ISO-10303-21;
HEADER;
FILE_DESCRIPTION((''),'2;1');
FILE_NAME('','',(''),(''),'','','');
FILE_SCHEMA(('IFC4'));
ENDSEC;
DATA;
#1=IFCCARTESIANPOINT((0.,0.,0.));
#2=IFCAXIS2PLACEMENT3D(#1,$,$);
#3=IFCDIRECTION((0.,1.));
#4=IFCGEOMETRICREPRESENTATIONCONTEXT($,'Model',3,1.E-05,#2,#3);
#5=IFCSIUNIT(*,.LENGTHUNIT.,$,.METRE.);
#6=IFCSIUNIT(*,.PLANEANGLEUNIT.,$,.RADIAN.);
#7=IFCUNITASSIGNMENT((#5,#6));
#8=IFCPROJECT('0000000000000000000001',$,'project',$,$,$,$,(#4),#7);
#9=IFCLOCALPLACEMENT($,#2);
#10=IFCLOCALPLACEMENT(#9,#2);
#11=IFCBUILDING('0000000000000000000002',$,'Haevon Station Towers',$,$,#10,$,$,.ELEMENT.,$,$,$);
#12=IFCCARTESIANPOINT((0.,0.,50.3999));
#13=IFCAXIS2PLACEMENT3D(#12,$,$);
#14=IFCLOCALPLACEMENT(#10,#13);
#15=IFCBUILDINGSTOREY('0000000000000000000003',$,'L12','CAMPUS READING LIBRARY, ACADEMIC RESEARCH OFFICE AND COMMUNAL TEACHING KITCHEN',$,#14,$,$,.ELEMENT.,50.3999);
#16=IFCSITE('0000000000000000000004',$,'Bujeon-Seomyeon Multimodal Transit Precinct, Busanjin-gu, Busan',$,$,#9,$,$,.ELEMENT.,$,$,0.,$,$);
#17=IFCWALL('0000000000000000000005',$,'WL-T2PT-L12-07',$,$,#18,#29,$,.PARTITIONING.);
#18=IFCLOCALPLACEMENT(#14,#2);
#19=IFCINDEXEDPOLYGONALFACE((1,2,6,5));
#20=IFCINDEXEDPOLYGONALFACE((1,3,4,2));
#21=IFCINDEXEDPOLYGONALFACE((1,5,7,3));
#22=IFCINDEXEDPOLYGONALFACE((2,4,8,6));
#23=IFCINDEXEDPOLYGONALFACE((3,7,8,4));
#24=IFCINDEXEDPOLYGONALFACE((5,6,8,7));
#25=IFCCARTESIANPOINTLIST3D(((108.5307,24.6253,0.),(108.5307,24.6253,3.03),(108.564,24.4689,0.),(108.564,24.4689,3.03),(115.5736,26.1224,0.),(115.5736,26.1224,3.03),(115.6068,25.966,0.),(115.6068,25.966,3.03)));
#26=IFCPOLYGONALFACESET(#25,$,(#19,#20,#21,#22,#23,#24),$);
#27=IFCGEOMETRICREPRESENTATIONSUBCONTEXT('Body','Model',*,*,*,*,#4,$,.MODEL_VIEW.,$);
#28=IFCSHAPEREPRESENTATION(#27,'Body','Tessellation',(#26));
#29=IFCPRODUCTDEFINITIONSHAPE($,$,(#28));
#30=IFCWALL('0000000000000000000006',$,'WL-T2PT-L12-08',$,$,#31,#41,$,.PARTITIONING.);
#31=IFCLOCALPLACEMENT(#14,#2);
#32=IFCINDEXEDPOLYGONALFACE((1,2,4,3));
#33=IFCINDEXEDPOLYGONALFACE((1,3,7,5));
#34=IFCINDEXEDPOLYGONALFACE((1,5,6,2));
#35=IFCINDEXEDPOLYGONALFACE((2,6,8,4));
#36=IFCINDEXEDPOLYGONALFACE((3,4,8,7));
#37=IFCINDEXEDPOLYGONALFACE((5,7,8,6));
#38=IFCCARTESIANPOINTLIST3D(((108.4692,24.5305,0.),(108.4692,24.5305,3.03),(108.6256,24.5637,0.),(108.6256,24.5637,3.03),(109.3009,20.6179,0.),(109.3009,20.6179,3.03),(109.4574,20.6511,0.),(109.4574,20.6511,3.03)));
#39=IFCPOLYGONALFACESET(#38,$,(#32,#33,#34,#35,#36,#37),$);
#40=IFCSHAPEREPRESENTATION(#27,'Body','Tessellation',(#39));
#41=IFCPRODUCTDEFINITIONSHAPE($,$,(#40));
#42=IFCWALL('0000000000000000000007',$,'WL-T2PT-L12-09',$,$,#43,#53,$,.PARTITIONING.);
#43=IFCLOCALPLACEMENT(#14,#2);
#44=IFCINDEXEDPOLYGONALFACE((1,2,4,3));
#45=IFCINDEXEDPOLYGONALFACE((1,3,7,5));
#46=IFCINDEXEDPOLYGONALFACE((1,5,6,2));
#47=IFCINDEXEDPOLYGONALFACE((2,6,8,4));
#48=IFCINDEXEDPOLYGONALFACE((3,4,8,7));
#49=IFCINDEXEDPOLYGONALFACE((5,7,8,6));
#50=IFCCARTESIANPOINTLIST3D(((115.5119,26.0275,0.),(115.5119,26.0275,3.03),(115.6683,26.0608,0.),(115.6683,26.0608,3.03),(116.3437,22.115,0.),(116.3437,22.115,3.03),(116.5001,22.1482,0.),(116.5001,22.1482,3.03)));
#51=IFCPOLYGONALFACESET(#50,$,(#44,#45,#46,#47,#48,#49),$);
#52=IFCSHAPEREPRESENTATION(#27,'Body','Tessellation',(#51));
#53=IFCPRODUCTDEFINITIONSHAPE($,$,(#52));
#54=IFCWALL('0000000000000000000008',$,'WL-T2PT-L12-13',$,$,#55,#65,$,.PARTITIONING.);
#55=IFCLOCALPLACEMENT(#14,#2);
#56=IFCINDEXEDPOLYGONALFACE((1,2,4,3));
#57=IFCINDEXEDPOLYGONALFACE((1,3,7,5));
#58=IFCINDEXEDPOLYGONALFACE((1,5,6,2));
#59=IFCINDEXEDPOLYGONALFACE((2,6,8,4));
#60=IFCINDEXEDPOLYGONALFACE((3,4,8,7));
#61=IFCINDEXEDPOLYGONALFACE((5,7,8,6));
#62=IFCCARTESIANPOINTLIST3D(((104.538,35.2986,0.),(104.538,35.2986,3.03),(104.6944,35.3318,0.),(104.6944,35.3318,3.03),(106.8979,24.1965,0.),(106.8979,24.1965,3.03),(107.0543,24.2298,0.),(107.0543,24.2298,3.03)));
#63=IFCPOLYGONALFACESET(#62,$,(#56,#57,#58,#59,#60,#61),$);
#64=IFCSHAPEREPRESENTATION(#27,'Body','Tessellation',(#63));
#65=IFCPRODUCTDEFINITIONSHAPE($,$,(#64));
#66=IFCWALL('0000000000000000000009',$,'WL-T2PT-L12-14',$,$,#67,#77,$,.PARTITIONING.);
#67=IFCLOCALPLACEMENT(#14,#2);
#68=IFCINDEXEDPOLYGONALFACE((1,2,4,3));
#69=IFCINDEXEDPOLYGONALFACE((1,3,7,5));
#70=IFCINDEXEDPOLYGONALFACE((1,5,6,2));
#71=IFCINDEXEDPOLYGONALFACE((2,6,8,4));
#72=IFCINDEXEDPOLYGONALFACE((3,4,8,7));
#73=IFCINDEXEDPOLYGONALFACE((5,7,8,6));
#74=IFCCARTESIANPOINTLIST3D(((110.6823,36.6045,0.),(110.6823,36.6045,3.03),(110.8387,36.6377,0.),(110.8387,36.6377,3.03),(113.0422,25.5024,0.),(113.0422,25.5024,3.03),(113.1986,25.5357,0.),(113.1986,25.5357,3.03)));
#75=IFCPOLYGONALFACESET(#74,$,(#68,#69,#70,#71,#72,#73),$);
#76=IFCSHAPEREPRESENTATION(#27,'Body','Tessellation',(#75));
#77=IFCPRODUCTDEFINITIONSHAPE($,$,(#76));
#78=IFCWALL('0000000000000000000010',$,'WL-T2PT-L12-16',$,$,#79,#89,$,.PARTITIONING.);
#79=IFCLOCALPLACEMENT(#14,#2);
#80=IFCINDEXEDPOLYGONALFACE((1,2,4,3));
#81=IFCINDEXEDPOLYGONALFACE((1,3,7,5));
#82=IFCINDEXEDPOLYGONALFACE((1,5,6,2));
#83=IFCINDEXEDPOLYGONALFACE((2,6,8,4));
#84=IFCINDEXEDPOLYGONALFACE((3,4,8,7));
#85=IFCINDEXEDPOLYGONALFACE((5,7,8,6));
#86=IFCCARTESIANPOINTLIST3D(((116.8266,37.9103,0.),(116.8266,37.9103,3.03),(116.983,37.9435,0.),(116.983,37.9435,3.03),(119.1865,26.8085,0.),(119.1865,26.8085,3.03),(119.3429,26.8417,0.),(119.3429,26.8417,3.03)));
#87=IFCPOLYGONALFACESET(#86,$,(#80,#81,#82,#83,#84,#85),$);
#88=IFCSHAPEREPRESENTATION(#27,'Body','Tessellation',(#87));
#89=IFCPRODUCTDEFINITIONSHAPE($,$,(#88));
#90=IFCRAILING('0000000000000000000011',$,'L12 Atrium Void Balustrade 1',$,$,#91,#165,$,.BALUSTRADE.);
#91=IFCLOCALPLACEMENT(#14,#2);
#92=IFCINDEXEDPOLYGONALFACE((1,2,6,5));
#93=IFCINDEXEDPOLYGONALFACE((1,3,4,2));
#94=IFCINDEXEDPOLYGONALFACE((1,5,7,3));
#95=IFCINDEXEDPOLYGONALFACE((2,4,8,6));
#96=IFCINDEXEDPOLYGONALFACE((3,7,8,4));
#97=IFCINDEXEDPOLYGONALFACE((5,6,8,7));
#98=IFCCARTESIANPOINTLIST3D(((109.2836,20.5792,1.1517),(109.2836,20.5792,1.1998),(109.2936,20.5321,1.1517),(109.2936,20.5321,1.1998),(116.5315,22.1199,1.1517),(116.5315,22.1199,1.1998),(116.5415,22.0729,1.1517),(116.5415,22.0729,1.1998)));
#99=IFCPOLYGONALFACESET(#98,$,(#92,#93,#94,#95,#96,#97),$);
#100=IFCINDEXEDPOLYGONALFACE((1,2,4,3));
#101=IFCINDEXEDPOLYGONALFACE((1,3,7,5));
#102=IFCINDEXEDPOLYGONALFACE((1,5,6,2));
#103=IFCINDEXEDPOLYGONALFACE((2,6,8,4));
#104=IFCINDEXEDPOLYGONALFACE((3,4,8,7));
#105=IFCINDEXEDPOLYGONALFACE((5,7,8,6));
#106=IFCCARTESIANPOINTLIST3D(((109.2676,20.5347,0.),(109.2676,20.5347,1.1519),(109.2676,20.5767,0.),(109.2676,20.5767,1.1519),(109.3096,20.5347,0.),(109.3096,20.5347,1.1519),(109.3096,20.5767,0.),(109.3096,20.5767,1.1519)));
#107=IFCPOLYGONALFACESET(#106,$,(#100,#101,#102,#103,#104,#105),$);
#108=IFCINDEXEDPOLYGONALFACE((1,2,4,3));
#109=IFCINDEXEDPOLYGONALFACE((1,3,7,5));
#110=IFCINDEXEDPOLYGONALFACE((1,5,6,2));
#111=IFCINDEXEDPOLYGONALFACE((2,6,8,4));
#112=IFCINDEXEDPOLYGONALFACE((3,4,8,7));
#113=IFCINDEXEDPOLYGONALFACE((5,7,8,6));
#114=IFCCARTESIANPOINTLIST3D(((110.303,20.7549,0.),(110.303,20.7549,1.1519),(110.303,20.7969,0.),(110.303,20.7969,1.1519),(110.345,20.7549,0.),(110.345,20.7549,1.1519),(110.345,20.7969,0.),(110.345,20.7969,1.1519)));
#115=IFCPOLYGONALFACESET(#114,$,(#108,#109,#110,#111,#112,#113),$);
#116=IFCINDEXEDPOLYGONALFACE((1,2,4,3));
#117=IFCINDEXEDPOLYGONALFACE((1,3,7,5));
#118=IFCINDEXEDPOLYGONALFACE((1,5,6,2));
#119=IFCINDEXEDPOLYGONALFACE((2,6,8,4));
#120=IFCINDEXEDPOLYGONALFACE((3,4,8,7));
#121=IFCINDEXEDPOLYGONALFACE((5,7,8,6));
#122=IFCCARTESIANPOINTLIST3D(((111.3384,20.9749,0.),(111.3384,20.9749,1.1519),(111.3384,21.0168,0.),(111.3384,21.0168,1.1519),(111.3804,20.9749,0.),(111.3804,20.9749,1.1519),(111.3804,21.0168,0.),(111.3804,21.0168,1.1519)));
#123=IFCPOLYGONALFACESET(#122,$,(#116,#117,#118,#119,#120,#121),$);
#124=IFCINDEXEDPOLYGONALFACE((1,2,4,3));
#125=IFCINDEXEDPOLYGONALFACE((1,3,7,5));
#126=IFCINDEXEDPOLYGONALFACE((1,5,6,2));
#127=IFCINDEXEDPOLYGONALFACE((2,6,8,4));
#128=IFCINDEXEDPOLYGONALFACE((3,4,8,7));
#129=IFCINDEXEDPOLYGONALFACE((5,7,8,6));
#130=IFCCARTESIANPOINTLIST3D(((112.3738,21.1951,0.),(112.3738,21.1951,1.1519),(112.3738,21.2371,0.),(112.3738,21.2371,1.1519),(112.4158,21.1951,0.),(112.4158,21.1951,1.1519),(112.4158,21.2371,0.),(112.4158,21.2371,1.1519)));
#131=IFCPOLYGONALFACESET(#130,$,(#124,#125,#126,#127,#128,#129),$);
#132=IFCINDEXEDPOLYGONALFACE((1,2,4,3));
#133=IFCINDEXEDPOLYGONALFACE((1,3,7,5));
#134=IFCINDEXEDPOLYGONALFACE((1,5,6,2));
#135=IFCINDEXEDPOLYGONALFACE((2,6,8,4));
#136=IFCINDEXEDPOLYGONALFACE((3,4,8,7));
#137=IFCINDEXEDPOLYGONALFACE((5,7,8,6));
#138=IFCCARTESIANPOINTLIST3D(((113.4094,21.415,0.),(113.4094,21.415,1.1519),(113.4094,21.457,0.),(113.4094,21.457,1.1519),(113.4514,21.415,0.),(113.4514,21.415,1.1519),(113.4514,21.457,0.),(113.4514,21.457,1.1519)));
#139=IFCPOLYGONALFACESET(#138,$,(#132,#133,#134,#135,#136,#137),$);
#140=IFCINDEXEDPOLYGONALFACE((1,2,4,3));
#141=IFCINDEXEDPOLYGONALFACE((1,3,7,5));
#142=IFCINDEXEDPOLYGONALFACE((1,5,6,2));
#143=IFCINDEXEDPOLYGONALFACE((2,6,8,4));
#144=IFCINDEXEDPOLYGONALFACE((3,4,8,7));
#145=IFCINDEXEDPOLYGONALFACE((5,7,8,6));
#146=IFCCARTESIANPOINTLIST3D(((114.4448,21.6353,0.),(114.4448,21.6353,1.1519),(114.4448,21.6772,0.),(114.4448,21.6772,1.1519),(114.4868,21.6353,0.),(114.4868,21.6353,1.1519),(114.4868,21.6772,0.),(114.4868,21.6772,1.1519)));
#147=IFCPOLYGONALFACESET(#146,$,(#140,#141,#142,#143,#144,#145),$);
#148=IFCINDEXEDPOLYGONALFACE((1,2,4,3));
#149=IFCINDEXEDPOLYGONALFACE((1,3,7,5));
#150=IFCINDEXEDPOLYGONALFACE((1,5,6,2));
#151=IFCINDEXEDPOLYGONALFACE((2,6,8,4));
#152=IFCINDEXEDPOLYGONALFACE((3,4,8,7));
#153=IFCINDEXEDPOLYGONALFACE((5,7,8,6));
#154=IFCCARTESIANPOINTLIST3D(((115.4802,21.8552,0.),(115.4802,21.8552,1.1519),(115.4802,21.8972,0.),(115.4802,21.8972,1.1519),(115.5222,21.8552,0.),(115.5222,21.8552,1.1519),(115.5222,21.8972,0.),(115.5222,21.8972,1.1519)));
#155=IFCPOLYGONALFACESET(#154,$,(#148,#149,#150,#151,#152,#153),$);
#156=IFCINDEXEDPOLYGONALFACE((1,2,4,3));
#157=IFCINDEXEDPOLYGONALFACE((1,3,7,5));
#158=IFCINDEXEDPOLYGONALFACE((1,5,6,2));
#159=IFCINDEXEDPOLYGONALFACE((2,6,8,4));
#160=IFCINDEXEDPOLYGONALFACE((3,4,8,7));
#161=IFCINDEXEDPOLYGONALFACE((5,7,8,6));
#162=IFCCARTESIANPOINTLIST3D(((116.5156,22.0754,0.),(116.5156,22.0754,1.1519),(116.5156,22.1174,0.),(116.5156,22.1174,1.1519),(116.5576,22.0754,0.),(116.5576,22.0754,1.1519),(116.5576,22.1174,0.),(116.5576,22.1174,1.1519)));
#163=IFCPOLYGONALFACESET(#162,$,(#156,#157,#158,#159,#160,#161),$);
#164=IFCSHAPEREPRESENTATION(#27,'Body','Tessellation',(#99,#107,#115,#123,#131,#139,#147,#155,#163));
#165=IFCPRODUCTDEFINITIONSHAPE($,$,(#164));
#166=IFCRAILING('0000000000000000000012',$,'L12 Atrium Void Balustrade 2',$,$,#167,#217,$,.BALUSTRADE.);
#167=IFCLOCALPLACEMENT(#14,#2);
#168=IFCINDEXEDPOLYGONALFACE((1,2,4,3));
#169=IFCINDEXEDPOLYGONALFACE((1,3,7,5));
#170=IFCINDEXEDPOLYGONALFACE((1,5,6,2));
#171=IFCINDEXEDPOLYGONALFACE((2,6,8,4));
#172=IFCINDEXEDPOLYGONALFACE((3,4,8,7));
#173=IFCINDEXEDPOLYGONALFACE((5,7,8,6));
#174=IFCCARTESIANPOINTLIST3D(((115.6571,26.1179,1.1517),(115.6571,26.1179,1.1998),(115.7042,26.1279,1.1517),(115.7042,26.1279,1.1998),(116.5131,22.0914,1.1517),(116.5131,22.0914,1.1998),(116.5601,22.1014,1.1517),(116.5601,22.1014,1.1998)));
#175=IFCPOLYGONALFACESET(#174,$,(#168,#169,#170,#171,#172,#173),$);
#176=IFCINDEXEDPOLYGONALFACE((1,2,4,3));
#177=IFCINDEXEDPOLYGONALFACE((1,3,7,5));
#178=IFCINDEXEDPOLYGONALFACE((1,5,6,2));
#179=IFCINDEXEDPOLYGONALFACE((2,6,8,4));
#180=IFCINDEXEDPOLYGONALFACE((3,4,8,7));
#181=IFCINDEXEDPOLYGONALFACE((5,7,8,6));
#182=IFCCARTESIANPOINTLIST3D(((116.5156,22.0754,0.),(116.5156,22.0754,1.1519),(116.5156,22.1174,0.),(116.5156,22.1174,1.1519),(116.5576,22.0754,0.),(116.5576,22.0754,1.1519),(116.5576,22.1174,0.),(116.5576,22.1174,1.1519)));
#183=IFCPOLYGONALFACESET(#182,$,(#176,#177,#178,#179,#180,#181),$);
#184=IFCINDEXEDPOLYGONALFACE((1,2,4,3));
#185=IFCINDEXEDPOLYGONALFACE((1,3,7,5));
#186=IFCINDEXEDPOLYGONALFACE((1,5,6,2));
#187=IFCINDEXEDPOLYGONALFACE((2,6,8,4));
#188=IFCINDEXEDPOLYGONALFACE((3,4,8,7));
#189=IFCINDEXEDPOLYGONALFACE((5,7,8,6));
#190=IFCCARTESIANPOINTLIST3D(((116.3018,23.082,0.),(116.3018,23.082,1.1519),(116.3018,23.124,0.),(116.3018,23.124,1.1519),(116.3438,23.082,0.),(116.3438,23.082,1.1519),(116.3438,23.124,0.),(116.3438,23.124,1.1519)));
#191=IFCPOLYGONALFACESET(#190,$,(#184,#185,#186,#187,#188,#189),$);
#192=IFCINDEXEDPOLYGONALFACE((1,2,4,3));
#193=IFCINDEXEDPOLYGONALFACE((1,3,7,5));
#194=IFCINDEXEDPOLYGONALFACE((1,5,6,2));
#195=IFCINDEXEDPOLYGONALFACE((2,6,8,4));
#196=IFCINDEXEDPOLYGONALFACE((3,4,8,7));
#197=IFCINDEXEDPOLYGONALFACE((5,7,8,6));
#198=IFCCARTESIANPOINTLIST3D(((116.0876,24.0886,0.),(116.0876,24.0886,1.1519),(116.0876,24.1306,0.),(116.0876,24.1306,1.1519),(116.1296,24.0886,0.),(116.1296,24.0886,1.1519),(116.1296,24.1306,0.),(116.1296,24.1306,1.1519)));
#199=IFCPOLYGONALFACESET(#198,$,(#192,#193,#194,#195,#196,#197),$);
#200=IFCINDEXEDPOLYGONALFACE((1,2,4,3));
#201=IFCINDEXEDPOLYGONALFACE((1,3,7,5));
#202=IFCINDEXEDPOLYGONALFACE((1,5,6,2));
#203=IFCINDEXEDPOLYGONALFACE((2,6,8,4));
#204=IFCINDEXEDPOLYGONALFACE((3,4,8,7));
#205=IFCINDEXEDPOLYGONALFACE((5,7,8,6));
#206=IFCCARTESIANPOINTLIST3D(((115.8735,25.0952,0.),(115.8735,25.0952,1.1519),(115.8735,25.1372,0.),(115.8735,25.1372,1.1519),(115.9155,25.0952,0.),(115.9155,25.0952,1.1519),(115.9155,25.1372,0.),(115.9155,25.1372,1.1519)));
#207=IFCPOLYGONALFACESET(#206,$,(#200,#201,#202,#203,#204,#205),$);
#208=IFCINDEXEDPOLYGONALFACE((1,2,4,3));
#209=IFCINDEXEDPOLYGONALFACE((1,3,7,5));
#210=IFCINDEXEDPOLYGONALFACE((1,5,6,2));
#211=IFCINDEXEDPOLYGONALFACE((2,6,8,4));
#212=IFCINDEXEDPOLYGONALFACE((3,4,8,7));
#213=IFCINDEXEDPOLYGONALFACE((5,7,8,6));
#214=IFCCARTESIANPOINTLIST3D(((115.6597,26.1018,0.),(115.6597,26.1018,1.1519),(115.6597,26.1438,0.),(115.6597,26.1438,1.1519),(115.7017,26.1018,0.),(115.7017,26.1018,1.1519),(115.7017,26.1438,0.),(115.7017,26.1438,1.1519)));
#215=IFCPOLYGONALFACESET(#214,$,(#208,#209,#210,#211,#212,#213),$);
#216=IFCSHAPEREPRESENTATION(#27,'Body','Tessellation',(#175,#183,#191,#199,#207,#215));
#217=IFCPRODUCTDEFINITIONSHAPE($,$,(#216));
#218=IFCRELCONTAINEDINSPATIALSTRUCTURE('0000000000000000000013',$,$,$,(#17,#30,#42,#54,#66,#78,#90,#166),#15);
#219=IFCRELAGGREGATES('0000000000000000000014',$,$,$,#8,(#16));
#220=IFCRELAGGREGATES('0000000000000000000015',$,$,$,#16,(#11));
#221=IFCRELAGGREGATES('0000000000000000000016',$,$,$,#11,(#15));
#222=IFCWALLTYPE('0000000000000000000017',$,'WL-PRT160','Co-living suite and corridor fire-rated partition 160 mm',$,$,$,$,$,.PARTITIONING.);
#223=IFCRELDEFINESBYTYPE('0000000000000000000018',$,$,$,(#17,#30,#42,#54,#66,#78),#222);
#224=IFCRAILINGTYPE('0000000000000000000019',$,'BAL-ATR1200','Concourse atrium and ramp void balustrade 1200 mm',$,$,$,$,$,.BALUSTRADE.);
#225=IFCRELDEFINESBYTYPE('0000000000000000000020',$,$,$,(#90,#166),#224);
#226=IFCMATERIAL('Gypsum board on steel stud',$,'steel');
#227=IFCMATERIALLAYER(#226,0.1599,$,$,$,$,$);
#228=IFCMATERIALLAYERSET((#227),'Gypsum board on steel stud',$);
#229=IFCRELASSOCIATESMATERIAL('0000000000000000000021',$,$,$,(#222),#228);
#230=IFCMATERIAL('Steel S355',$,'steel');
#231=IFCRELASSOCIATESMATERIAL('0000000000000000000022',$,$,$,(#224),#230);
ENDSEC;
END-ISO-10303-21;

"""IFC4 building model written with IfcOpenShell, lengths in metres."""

from ifc_helpers import new_model, si_unit, direction, frame, frame_2d, origin, origin_2d, place, context, subcontext, project, spatial, rectangle, extrude, material, layer, layer_set, type_object, element, save


model = new_model("IFC4")

# Units and contexts
model_context = context("Model", 3, precision=1e-05, world=origin(), true_north=direction((0.0, 1.0)))
body_context = subcontext(model_context, "Body", "Model", "MODEL_VIEW")
ifc_project = project(units=[si_unit("LENGTHUNIT", "METRE"), si_unit("PLANEANGLEUNIT", "RADIAN")], contexts=[model_context])

# Site, building, storey
site_placement = place(None, origin())
site = spatial("IfcSite", under=ifc_project, at=site_placement, Name="Bujeon-Seomyeon Multimodal Transit Precinct, Busanjin-gu, Busan", CompositionType="ELEMENT", RefElevation=0.0)
building_placement = place(site_placement, origin())
building = spatial("IfcBuilding", under=site, at=building_placement, Name="Haevon Station Towers", CompositionType="ELEMENT")
storey_placement = place(building_placement, frame((0.0, 0.0, 50.3999)))
storey = spatial("IfcBuildingStorey", under=building, at=storey_placement, Name="L12", Description="CAMPUS READING LIBRARY, ACADEMIC RESEARCH OFFICE AND COMMUNAL TEACHING KITCHEN", CompositionType="ELEMENT", Elevation=50.3999)

# Shared definitions
ifc_material_1 = material(Name="Steel S355", Category="steel")

# Shared definitions
ifc_material_2 = material(Name="Gypsum board on steel stud", Category="steel")

# Walls
ifc_layer_1 = layer(ifc_material_2, 0.1599)
ifc_layer_set_1 = layer_set([ifc_layer_1], Name="Gypsum board on steel stud")
wall_type_1 = type_object("IfcWallType", Name="WL-PRT160", Description="Co-living suite and corridor fire-rated partition 160 mm", PredefinedType="PARTITIONING", material=ifc_layer_set_1)
for number, where, z_axis, x_axis, name in (
    (1, (108.5474, 24.5471, 0.0), (0.0, 0.0, 1.0), (0.978145, 0.207924, 0.0), "WL-T2PT-L12-07"),
):
    element("IfcWall", number, at=place(storey_placement, frame(where, z_axis=z_axis, x_axis=x_axis)), inside=storey, type_object=wall_type_1, Name=name, PredefinedType="PARTITIONING", context=body_context, shape_type="SweptSolid", body=[
        extrude(rectangle(XDim=7.2002, YDim=0.1599, at=frame_2d((3.6001, 0.0))), origin(), (0.0, 0.0, 1.0), 3.03),
    ])
for number, where, z_axis, x_axis, name in (
    (2, (109.3792, 20.6345, 0.0), (0.0, 0.0, 1.0), (-0.207945, 0.978141, 0.0), "WL-T2PT-L12-08"),
    (3, (116.4219, 22.1316, 0.0), (0.0, 0.0, 1.0), (-0.207945, 0.978141, 0.0), "WL-T2PT-L12-09"),
):
    element("IfcWall", number, at=place(storey_placement, frame(where, z_axis=z_axis, x_axis=x_axis)), inside=storey, type_object=wall_type_1, Name=name, PredefinedType="PARTITIONING", context=body_context, shape_type="SweptSolid", body=[
        extrude(rectangle(XDim=4.0, YDim=0.1599, at=frame_2d((2.0, 0.0))), origin(), (0.0, 0.0, 1.0), 3.03),
    ])
for number, where, z_axis, x_axis, name in (
    (4, (106.9761, 24.2131, 0.0), (0.0, 0.0, 1.0), (-0.207916, 0.978147, 0.0), "WL-T2PT-L12-13"),
    (5, (113.1204, 25.519, 0.0), (0.0, 0.0, 1.0), (-0.207916, 0.978147, 0.0), "WL-T2PT-L12-14"),
):
    element("IfcWall", number, at=place(storey_placement, frame(where, z_axis=z_axis, x_axis=x_axis)), inside=storey, type_object=wall_type_1, Name=name, PredefinedType="PARTITIONING", context=body_context, shape_type="SweptSolid", body=[
        extrude(rectangle(XDim=11.3501, YDim=0.1599, at=frame_2d((5.675, 0.0))), origin(), (0.0, 0.0, 1.0), 3.03),
    ])
wall_1_placement = place(storey_placement, frame((119.2646, 26.8252, 0.0), z_axis=(0.0, 0.0, 1.0), x_axis=(-0.20792, 0.978146, 0.0)))
element("IfcWall", 6, at=wall_1_placement, inside=storey, type_object=wall_type_1, Name="WL-T2PT-L12-16", PredefinedType="PARTITIONING", context=body_context, shape_type="SweptSolid", body=[
    extrude(rectangle(XDim=11.3499, YDim=0.1599, at=frame_2d((5.6748, 0.0))), origin(), (0.0, 0.0, 1.0), 3.03),
])

# Railings
railing_type = type_object("IfcRailingType", Name="BAL-ATR1200", Description="Concourse atrium and ramp void balustrade 1200 mm", PredefinedType="BALUSTRADE", material=ifc_material_1)
railing_1_placement = place(storey_placement, frame((109.2886, 20.5557, 0.0)))
element("IfcRailing", 7, at=railing_1_placement, inside=storey, type_object=railing_type, Name="L12 Atrium Void Balustrade 1", PredefinedType="BALUSTRADE", context=body_context, shape_type="SweptSolid", body=[
    extrude(rectangle(XDim=0.0481, YDim=0.0481, at=origin_2d()), frame((0.0, 0.0, 1.1758), z_axis=(0.978143, 0.207931, 0.0), x_axis=(-0.207931, 0.978143, 0.0)), (0.0, 0.0, 1.0), 7.4099),
    extrude(rectangle(XDim=0.042, YDim=0.042, at=origin_2d()), origin(), (0.0, 0.0, 1.0), 1.1519),
    extrude(rectangle(XDim=0.042, YDim=0.042, at=origin_2d()), frame((1.0354, 0.2202, 0.0)), (0.0, 0.0, 1.0), 1.1519),
    extrude(rectangle(XDim=0.042, YDim=0.042, at=origin_2d()), frame((2.0708, 0.4402, 0.0)), (0.0, 0.0, 1.0), 1.1519),
    extrude(rectangle(XDim=0.042, YDim=0.042, at=origin_2d()), frame((3.1062, 0.6604, 0.0)), (0.0, 0.0, 1.0), 1.1519),
    extrude(rectangle(XDim=0.042, YDim=0.042, at=origin_2d()), frame((4.1418, 0.8804, 0.0)), (0.0, 0.0, 1.0), 1.1519),
    extrude(rectangle(XDim=0.042, YDim=0.042, at=origin_2d()), frame((5.1772, 1.1006, 0.0)), (0.0, 0.0, 1.0), 1.1519),
    extrude(rectangle(XDim=0.042, YDim=0.042, at=origin_2d()), frame((6.2126, 1.3206, 0.0)), (0.0, 0.0, 1.0), 1.1519),
    extrude(rectangle(XDim=0.042, YDim=0.042, at=origin_2d()), frame((7.248, 1.5408, 0.0)), (0.0, 0.0, 1.0), 1.1519),
])
railing_2_placement = place(storey_placement, frame((116.5366, 22.0964, 0.0)))
element("IfcRailing", 8, at=railing_2_placement, inside=storey, type_object=railing_type, Name="L12 Atrium Void Balustrade 2", PredefinedType="BALUSTRADE", context=body_context, shape_type="SweptSolid", body=[
    extrude(rectangle(XDim=0.0481, YDim=0.0481, at=origin_2d()), frame((0.0, 0.0, 1.1758), z_axis=(-0.207941, 0.978141, 0.0), x_axis=(-0.978141, -0.207941, 0.0)), (0.0, 0.0, 1.0), 4.1165),
    extrude(rectangle(XDim=0.042, YDim=0.042, at=origin_2d()), origin(), (0.0, 0.0, 1.0), 1.1519),
    extrude(rectangle(XDim=0.042, YDim=0.042, at=origin_2d()), frame((-0.2139, 1.0066, 0.0)), (0.0, 0.0, 1.0), 1.1519),
    extrude(rectangle(XDim=0.042, YDim=0.042, at=origin_2d()), frame((-0.428, 2.0132, 0.0)), (0.0, 0.0, 1.0), 1.1519),
    extrude(rectangle(XDim=0.042, YDim=0.042, at=origin_2d()), frame((-0.6421, 3.0198, 0.0)), (0.0, 0.0, 1.0), 1.1519),
    extrude(rectangle(XDim=0.042, YDim=0.042, at=origin_2d()), frame((-0.856, 4.0264, 0.0)), (0.0, 0.0, 1.0), 1.1519),
])

save(model, "model.ifc")
